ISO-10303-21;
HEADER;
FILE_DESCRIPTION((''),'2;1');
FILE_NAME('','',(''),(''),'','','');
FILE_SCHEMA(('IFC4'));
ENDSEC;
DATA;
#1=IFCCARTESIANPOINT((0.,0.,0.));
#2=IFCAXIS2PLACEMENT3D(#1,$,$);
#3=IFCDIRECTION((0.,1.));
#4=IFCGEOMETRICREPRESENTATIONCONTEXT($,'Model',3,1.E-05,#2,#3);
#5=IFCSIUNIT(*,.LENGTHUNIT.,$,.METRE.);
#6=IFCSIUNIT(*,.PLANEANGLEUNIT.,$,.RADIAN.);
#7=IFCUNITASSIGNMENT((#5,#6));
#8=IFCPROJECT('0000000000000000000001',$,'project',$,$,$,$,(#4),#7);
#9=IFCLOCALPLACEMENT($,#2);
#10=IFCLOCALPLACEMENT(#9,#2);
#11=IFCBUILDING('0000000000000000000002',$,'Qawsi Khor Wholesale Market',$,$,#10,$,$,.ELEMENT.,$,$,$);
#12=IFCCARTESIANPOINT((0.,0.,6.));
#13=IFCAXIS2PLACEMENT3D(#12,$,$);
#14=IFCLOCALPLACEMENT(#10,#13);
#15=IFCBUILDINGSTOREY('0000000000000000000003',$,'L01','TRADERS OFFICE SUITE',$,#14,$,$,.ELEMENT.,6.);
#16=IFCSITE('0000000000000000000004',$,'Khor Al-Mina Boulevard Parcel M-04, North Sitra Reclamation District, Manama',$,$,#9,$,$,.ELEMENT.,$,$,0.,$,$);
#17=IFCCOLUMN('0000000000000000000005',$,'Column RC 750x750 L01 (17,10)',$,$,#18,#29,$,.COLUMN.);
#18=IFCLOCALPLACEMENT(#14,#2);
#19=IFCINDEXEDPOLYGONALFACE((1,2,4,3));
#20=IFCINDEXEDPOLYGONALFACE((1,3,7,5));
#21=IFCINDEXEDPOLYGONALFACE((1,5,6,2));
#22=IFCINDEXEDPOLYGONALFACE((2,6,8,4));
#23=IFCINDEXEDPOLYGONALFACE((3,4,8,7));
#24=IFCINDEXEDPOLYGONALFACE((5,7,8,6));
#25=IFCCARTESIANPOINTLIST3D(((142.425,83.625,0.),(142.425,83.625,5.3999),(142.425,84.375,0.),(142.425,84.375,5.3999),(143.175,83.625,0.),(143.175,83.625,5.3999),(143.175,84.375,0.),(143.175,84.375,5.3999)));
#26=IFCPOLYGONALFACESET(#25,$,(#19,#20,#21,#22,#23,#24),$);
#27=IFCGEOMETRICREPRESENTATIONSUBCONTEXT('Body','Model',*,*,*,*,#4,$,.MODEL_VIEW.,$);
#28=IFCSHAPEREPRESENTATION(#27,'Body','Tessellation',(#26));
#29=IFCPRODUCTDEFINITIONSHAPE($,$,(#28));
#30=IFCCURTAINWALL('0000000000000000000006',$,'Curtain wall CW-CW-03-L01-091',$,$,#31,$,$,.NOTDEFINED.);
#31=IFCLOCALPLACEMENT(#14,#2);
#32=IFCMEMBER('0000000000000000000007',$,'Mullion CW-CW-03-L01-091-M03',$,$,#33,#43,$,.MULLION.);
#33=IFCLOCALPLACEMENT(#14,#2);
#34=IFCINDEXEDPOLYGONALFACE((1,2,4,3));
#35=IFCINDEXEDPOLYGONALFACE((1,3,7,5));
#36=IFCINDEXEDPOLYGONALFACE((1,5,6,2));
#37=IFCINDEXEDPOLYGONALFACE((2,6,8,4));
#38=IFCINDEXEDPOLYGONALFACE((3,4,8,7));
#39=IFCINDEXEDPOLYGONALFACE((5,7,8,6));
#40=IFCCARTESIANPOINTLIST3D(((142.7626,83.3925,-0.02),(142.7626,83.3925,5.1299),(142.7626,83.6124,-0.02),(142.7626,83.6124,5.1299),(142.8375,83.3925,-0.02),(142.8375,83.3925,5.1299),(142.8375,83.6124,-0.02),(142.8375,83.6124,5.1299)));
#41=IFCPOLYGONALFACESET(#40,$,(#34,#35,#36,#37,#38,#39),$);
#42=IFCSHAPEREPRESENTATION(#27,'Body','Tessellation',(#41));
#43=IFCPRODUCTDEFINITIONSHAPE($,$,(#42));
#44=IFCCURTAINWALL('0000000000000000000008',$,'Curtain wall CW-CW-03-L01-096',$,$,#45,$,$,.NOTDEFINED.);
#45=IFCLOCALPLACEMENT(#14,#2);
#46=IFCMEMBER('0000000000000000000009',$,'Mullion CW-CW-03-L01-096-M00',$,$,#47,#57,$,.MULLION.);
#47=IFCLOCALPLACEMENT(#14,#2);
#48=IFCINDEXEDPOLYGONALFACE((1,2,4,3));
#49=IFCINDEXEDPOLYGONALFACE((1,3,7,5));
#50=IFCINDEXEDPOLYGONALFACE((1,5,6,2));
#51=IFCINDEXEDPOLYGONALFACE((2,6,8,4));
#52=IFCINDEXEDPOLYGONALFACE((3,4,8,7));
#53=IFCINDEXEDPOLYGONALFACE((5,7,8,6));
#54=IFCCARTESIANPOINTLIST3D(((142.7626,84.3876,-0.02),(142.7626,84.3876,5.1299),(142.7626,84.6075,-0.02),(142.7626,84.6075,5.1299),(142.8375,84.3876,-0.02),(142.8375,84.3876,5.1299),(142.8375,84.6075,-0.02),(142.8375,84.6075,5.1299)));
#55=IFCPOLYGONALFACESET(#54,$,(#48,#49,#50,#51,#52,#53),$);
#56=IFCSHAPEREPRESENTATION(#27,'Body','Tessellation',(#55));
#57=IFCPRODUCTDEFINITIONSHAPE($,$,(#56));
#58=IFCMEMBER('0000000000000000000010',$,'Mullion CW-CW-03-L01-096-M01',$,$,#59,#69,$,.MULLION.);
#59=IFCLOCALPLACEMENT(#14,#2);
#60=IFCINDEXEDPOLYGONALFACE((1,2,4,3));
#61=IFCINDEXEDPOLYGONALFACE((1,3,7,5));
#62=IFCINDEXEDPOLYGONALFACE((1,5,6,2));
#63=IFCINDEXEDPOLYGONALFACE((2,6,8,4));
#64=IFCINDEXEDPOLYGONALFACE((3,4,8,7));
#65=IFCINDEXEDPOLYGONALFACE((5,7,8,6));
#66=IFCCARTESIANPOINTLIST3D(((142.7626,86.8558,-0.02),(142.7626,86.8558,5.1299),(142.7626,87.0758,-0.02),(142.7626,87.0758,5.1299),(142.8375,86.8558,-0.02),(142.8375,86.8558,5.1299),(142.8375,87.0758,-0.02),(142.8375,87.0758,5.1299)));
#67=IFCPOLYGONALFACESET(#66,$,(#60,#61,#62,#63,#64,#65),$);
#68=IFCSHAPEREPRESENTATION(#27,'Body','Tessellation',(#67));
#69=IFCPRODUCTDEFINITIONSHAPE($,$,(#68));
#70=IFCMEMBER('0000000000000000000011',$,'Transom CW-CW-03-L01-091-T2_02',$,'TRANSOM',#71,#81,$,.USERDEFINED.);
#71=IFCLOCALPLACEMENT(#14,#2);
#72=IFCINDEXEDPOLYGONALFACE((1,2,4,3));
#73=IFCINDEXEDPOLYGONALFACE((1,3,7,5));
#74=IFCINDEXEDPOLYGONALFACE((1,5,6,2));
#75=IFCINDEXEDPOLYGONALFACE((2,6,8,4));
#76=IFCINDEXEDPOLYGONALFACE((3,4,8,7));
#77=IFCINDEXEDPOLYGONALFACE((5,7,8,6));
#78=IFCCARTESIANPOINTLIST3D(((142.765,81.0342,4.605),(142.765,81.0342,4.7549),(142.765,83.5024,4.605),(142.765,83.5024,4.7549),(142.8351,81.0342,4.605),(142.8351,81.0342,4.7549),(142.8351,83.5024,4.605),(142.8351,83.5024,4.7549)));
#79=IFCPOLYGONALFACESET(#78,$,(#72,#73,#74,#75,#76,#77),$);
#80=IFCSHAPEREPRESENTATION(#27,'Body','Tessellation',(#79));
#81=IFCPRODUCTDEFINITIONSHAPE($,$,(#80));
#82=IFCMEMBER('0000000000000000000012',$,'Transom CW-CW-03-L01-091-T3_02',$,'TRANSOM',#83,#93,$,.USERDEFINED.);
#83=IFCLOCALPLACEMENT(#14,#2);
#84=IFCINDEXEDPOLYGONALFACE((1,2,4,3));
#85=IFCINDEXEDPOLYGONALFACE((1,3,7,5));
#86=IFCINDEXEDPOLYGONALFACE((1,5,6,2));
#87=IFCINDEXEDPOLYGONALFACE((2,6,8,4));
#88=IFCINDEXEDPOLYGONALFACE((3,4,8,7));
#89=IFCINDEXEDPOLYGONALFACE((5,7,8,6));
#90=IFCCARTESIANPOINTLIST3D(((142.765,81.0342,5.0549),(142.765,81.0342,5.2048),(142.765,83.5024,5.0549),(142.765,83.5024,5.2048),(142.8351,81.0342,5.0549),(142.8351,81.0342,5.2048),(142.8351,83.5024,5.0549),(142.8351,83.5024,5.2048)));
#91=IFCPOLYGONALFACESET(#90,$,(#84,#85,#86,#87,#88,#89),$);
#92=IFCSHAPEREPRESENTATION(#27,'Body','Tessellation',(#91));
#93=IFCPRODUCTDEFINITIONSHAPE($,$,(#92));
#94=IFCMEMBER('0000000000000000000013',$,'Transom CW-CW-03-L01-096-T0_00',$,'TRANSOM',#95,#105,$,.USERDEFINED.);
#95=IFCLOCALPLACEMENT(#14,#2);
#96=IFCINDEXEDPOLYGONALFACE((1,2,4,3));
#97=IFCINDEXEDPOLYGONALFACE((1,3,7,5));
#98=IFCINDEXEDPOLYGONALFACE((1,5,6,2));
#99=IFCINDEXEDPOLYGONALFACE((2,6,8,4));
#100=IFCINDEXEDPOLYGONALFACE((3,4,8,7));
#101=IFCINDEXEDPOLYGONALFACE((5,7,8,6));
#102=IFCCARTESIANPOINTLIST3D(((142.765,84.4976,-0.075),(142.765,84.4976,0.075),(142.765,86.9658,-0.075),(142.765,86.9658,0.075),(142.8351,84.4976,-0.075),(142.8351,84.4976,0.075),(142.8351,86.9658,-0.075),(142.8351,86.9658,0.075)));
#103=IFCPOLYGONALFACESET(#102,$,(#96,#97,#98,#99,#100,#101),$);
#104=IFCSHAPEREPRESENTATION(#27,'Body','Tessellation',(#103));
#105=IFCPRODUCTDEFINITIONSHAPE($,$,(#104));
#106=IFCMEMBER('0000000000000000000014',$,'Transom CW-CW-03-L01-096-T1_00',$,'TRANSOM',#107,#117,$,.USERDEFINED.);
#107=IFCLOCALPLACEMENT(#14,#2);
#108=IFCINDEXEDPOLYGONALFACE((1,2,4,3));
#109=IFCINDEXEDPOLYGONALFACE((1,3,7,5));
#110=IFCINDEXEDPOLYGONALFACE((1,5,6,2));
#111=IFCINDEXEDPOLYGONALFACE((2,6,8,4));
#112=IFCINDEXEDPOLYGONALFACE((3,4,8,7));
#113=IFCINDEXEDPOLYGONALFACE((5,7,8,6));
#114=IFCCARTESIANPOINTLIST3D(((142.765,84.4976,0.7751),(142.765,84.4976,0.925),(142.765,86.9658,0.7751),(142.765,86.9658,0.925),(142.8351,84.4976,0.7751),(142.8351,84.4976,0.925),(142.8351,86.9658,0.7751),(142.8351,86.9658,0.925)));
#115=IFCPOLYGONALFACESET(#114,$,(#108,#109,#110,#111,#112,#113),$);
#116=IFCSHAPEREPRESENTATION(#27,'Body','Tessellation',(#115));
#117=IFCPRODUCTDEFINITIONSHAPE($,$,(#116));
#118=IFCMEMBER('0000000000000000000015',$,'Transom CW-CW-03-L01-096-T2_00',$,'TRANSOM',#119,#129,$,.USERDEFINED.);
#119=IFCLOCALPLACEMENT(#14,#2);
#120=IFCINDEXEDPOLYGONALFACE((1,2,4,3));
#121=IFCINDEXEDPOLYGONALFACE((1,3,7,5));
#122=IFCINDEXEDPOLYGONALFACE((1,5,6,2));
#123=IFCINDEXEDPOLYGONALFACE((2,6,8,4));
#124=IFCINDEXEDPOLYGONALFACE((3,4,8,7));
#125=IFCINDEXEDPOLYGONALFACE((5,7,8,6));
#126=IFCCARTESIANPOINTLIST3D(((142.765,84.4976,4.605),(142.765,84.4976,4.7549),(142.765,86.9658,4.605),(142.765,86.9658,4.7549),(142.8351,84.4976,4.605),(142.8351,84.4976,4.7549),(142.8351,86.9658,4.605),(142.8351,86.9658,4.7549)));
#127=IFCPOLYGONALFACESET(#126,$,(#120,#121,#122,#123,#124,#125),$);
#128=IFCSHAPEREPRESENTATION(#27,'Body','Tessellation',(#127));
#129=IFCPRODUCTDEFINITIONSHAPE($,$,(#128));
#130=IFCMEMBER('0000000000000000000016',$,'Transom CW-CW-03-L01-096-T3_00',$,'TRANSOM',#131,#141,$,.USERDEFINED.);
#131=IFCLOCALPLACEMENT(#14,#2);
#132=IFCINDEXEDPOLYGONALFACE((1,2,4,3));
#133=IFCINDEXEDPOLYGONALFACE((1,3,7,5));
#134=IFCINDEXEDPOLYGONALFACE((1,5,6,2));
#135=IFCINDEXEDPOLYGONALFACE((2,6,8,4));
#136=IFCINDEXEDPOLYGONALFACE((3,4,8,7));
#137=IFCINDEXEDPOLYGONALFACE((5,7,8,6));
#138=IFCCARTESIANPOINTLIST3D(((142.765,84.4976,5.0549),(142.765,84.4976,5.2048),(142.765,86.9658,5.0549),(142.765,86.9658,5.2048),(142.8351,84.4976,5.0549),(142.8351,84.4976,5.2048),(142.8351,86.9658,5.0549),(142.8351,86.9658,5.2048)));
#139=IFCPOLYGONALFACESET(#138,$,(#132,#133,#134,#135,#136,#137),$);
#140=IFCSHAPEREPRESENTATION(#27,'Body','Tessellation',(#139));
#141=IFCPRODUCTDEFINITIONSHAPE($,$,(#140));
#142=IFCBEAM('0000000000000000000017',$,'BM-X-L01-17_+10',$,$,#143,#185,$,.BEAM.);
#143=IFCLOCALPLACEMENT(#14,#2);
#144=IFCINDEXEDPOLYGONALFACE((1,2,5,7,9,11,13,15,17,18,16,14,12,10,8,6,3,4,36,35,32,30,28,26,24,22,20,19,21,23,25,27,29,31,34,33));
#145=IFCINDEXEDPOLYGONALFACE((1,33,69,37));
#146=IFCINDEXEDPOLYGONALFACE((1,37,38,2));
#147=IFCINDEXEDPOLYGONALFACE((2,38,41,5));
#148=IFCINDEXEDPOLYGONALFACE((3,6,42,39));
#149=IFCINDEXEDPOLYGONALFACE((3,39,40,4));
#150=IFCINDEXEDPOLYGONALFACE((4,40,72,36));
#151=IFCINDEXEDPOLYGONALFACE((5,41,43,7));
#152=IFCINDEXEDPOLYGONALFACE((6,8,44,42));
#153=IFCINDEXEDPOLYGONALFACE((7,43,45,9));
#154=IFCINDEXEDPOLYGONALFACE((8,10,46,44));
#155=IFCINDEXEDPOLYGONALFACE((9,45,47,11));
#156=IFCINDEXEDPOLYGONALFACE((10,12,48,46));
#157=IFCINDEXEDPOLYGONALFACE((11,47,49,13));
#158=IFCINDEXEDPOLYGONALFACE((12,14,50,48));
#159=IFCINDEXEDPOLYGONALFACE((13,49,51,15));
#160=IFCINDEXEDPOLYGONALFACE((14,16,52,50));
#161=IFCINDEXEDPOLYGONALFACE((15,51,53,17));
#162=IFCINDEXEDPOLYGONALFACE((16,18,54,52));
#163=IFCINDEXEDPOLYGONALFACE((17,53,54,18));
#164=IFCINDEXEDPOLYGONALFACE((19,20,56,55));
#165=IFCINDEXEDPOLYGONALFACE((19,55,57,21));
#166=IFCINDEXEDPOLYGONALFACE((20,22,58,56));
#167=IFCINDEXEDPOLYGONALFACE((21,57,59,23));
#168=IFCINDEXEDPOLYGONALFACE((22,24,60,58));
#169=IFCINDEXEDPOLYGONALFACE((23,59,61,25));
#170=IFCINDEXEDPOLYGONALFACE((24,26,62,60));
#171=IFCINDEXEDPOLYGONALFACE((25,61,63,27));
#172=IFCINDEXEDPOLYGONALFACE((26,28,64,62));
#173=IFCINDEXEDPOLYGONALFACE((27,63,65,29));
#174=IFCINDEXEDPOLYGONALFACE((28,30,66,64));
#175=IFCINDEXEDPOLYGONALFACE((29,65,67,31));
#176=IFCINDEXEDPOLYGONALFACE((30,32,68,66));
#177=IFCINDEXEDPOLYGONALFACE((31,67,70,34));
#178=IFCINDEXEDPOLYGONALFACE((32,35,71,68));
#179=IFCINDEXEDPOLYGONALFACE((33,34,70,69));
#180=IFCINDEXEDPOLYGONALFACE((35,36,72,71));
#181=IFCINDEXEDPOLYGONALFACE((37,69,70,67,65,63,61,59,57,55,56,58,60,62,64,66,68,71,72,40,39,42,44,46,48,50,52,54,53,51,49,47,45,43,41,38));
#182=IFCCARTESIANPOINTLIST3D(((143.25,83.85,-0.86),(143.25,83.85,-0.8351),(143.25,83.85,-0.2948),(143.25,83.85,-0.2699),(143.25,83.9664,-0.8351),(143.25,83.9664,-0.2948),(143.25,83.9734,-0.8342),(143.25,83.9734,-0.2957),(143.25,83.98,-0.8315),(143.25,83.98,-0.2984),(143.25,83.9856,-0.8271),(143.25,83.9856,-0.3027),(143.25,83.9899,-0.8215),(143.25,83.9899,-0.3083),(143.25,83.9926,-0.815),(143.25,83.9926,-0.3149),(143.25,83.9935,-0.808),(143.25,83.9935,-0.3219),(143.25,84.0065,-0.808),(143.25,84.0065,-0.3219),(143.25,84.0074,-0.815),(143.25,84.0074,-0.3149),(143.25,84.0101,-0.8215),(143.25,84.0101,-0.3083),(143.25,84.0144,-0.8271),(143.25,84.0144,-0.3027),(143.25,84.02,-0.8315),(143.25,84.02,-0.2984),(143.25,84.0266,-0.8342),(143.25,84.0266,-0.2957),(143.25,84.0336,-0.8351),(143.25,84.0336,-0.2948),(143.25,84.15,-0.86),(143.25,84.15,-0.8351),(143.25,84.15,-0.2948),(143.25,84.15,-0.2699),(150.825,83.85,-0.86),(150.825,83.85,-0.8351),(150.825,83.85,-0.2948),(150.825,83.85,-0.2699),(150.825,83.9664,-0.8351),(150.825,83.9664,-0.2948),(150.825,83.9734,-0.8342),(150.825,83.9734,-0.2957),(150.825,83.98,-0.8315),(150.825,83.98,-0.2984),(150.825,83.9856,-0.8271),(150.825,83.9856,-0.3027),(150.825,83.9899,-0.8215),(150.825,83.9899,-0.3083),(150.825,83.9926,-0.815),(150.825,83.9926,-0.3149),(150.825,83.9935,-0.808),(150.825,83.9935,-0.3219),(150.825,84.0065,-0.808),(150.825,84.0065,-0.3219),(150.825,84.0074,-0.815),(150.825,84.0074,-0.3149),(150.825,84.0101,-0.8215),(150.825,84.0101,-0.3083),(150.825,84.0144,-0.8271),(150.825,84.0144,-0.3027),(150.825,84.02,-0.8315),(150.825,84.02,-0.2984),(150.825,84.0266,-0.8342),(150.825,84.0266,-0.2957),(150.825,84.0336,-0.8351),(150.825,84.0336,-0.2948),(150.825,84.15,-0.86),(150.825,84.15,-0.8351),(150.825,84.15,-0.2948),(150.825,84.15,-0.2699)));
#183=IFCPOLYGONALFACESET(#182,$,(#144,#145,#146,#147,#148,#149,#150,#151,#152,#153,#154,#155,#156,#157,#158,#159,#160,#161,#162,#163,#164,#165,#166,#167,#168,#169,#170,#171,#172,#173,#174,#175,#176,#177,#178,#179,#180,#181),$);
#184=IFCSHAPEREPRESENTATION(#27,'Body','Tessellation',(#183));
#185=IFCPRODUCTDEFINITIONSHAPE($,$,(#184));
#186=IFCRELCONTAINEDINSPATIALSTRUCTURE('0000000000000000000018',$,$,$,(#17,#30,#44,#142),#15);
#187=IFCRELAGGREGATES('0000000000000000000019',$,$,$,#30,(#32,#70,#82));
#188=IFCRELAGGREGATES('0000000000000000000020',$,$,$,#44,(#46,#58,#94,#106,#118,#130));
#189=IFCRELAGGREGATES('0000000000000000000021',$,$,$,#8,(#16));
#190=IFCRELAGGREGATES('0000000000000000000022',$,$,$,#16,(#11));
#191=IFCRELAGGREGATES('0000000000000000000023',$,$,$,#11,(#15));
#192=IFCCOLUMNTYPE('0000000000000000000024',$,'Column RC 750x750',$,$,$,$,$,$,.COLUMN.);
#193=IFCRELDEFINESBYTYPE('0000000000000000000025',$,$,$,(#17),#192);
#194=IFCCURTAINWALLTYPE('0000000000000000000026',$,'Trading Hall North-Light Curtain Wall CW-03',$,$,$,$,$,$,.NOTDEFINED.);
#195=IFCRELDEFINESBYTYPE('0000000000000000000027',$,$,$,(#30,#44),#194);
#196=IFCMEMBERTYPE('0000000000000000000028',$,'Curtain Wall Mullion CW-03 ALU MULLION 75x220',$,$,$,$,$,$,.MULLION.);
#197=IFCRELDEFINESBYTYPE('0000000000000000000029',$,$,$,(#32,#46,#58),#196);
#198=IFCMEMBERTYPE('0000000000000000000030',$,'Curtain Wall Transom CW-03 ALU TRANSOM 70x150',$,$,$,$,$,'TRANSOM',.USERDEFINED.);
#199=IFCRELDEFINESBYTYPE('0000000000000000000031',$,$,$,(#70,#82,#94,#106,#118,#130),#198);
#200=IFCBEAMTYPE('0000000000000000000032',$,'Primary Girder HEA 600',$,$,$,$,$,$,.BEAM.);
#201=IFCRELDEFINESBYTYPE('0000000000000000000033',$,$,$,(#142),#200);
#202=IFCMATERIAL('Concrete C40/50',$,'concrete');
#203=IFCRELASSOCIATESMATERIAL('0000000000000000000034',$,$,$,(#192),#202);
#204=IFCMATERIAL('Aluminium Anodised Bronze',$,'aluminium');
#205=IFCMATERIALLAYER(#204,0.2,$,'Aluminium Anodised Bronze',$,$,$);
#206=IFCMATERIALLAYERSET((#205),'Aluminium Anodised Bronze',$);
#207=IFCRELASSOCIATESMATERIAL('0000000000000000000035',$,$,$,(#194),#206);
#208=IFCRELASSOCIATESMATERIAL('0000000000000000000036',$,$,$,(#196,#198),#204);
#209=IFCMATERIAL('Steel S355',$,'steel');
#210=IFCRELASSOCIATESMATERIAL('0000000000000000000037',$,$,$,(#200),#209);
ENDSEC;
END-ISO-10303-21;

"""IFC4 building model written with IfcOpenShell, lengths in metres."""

from ifc_helpers import new_model, si_unit, direction, frame, origin, origin_2d, place, context, subcontext, project, spatial, rectangle, i_section, extrude, material, layer, layer_set, material_profile, profile_set, type_object, element, aggregate, save


model = new_model("IFC4")

# Units and contexts
model_context = context("Model", 3, precision=1e-05, world=origin(), true_north=direction((0.0, 1.0)))
body_context = subcontext(model_context, "Body", "Model", "MODEL_VIEW")
ifc_project = project(units=[si_unit("LENGTHUNIT", "METRE"), si_unit("PLANEANGLEUNIT", "RADIAN")], contexts=[model_context])

# Site, building, storey
site_placement = place(None, origin())
site = spatial("IfcSite", under=ifc_project, at=site_placement, Name="Khor Al-Mina Boulevard Parcel M-04, North Sitra Reclamation District, Manama", CompositionType="ELEMENT", RefElevation=0.0)
building_placement = place(site_placement, origin())
building = spatial("IfcBuilding", under=site, at=building_placement, Name="Qawsi Khor Wholesale Market", CompositionType="ELEMENT")
storey_placement = place(building_placement, frame((0.0, 0.0, 6.0)))
storey = spatial("IfcBuildingStorey", under=building, at=storey_placement, Name="L01", Description="TRADERS OFFICE SUITE", CompositionType="ELEMENT", Elevation=6.0)

# Column
ifc_material_1 = material(Name="Concrete C40/50", Category="concrete")
ifc_material_profile_1 = material_profile(ifc_material_1, rectangle(XDim=0.75, YDim=0.75, at=origin_2d()), Name="RC 750x750")
ifc_profile_set_1 = profile_set([ifc_material_profile_1], Name="Concrete C40/50")
column_type = type_object("IfcColumnType", Name="Column RC 750x750", PredefinedType="COLUMN", material=ifc_profile_set_1)
column_placement = place(storey_placement, frame((142.8, 84.0, 0.0), z_axis=(0.0, 0.0, 1.0), x_axis=(1.0, 0.0, 0.0)))
element("IfcColumn", 1, at=column_placement, inside=storey, type_object=column_type, Name="Column RC 750x750 L01 (17,10)", PredefinedType="COLUMN", context=body_context, shape_type="SweptSolid", body=[
    extrude(rectangle(XDim=0.75, YDim=0.75, at=origin_2d()), origin(), (0.0, 0.0, 1.0), 5.3999),
])

# Curtain wall, member
ifc_material_2 = material(Name="Aluminium Anodised Bronze", Category="aluminium")
ifc_layer_1 = layer(ifc_material_2, 0.2, Name="Aluminium Anodised Bronze")
ifc_layer_set_1 = layer_set([ifc_layer_1], Name="Aluminium Anodised Bronze")
curtain_wall_type = type_object("IfcCurtainWallType", Name="Trading Hall North-Light Curtain Wall CW-03", PredefinedType="NOTDEFINED", material=ifc_layer_set_1)
curtain_wall_1_placement = place(storey_placement, origin())
curtain_wall_1 = element("IfcCurtainWall", 2, at=curtain_wall_1_placement, inside=storey, type_object=curtain_wall_type, Name="Curtain wall CW-CW-03-L01-091", PredefinedType="NOTDEFINED")
ifc_material_profile_2 = material_profile(ifc_material_2, rectangle(XDim=0.075, YDim=0.22, at=origin_2d()), Name="ALU MULLION 75x220")
ifc_profile_set_2 = profile_set([ifc_material_profile_2], Name="Aluminium Anodised Bronze")
member_type_1 = type_object("IfcMemberType", Name="Curtain Wall Mullion CW-03 ALU MULLION 75x220", PredefinedType="MULLION", material=ifc_profile_set_2)
member_1_placement = place(storey_placement, frame((142.8, 83.5024, -0.02), z_axis=(0.0, 0.0, 1.0), x_axis=(1.0, 0.0, 0.0)))
member_1 = element("IfcMember", 3, at=member_1_placement, type_object=member_type_1, Name="Mullion CW-CW-03-L01-091-M03", PredefinedType="MULLION", context=body_context, shape_type="SweptSolid", body=[
    extrude(rectangle(XDim=0.075, YDim=0.22, at=origin_2d()), origin(), (0.0, 0.0, 1.0), 5.1499),
])

# Curtain wall, members
curtain_wall_2_placement = place(storey_placement, origin())
curtain_wall_2 = element("IfcCurtainWall", 4, at=curtain_wall_2_placement, inside=storey, type_object=curtain_wall_type, Name="Curtain wall CW-CW-03-L01-096", PredefinedType="NOTDEFINED")
member_2_placement = place(storey_placement, frame((142.8, 84.4976, -0.02), z_axis=(0.0, 0.0, 1.0), x_axis=(1.0, 0.0, 0.0)))
member_2 = element("IfcMember", 5, at=member_2_placement, type_object=member_type_1, Name="Mullion CW-CW-03-L01-096-M00", PredefinedType="MULLION", context=body_context, shape_type="SweptSolid", body=[
    extrude(rectangle(XDim=0.075, YDim=0.22, at=origin_2d()), origin(), (0.0, 0.0, 1.0), 5.1499),
])
member_3_placement = place(storey_placement, frame((142.8, 86.9658, -0.02), z_axis=(0.0, 0.0, 1.0), x_axis=(1.0, 0.0, 0.0)))
member_3 = element("IfcMember", 6, at=member_3_placement, type_object=member_type_1, Name="Mullion CW-CW-03-L01-096-M01", PredefinedType="MULLION", context=body_context, shape_type="SweptSolid", body=[
    extrude(rectangle(XDim=0.075, YDim=0.22, at=origin_2d()), origin(), (0.0, 0.0, 1.0), 5.1499),
])

# Members
ifc_material_profile_3 = material_profile(ifc_material_2, rectangle(XDim=0.0701, YDim=0.1499, at=origin_2d()), Name="ALU TRANSOM 70x150")
ifc_profile_set_3 = profile_set([ifc_material_profile_3], Name="Aluminium Anodised Bronze")
member_type_2 = type_object("IfcMemberType", Name="Curtain Wall Transom CW-03 ALU TRANSOM 70x150", ElementType="TRANSOM", PredefinedType="USERDEFINED", material=ifc_profile_set_3)
member_4_placement = place(storey_placement, frame((142.8, 81.0342, 4.6799), z_axis=(0.0, 1.0, 0.0), x_axis=(-1.0, 0.0, 0.0)))
member_4 = element("IfcMember", 7, at=member_4_placement, type_object=member_type_2, Name="Transom CW-CW-03-L01-091-T2_02", ObjectType="TRANSOM", PredefinedType="USERDEFINED", context=body_context, shape_type="SweptSolid", body=[
    extrude(rectangle(XDim=0.0701, YDim=0.1499, at=origin_2d()), origin(), (0.0, 0.0, 1.0), 2.4683),
])
member_5_placement = place(storey_placement, frame((142.8, 81.0342, 5.1299), z_axis=(0.0, 1.0, 0.0), x_axis=(-1.0, 0.0, 0.0)))
member_5 = element("IfcMember", 8, at=member_5_placement, type_object=member_type_2, Name="Transom CW-CW-03-L01-091-T3_02", ObjectType="TRANSOM", PredefinedType="USERDEFINED", context=body_context, shape_type="SweptSolid", body=[
    extrude(rectangle(XDim=0.0701, YDim=0.1499, at=origin_2d()), origin(), (0.0, 0.0, 1.0), 2.4683),
])
member_6_placement = place(storey_placement, frame((142.8, 84.4976, 0.0), z_axis=(0.0, 1.0, 0.0), x_axis=(-1.0, 0.0, 0.0)))
member_6 = element("IfcMember", 9, at=member_6_placement, type_object=member_type_2, Name="Transom CW-CW-03-L01-096-T0_00", ObjectType="TRANSOM", PredefinedType="USERDEFINED", context=body_context, shape_type="SweptSolid", body=[
    extrude(rectangle(XDim=0.0701, YDim=0.1499, at=origin_2d()), origin(), (0.0, 0.0, 1.0), 2.4683),
])
member_7_placement = place(storey_placement, frame((142.8, 84.4976, 0.8501), z_axis=(0.0, 1.0, 0.0), x_axis=(-1.0, 0.0, 0.0)))
member_7 = element("IfcMember", 10, at=member_7_placement, type_object=member_type_2, Name="Transom CW-CW-03-L01-096-T1_00", ObjectType="TRANSOM", PredefinedType="USERDEFINED", context=body_context, shape_type="SweptSolid", body=[
    extrude(rectangle(XDim=0.0701, YDim=0.1499, at=origin_2d()), origin(), (0.0, 0.0, 1.0), 2.4683),
])
member_8_placement = place(storey_placement, frame((142.8, 84.4976, 4.6799), z_axis=(0.0, 1.0, 0.0), x_axis=(-1.0, 0.0, 0.0)))
member_8 = element("IfcMember", 11, at=member_8_placement, type_object=member_type_2, Name="Transom CW-CW-03-L01-096-T2_00", ObjectType="TRANSOM", PredefinedType="USERDEFINED", context=body_context, shape_type="SweptSolid", body=[
    extrude(rectangle(XDim=0.0701, YDim=0.1499, at=origin_2d()), origin(), (0.0, 0.0, 1.0), 2.4683),
])
member_9_placement = place(storey_placement, frame((142.8, 84.4976, 5.1299), z_axis=(0.0, 1.0, 0.0), x_axis=(-1.0, 0.0, 0.0)))
member_9 = element("IfcMember", 12, at=member_9_placement, type_object=member_type_2, Name="Transom CW-CW-03-L01-096-T3_00", ObjectType="TRANSOM", PredefinedType="USERDEFINED", context=body_context, shape_type="SweptSolid", body=[
    extrude(rectangle(XDim=0.0701, YDim=0.1499, at=origin_2d()), origin(), (0.0, 0.0, 1.0), 2.4683),
])

# Beam
ifc_material_3 = material(Name="Steel S355", Category="steel")
ifc_material_profile_4 = material_profile(ifc_material_3, i_section(OverallWidth=0.3, OverallDepth=0.5901, WebThickness=0.0129, FlangeThickness=0.0249, FilletRadius=0.0271, at=origin_2d()), Name="HEA 600")
ifc_profile_set_4 = profile_set([ifc_material_profile_4], Name="Steel S355")
beam_type_1 = type_object("IfcBeamType", Name="Primary Girder HEA 600", PredefinedType="BEAM", material=ifc_profile_set_4)
beam_1_placement = place(storey_placement, frame((143.25, 84.0, -0.5649), z_axis=(1.0, 0.0, 0.0), x_axis=(0.0, 1.0, 0.0)))
element("IfcBeam", 13, at=beam_1_placement, inside=storey, type_object=beam_type_1, Name="BM-X-L01-17_+10", PredefinedType="BEAM", context=body_context, shape_type="SweptSolid", body=[
    extrude(i_section(OverallWidth=0.3, OverallDepth=0.5901, WebThickness=0.0129, FlangeThickness=0.0249, FilletRadius=0.0271, at=origin_2d()), origin(), (0.0, 0.0, 1.0), 7.575),
])

aggregate(curtain_wall_1, [member_1, member_4, member_5])
aggregate(curtain_wall_2, [member_2, member_3, member_6, member_7, member_8, member_9])

save(model, "model.ifc")
